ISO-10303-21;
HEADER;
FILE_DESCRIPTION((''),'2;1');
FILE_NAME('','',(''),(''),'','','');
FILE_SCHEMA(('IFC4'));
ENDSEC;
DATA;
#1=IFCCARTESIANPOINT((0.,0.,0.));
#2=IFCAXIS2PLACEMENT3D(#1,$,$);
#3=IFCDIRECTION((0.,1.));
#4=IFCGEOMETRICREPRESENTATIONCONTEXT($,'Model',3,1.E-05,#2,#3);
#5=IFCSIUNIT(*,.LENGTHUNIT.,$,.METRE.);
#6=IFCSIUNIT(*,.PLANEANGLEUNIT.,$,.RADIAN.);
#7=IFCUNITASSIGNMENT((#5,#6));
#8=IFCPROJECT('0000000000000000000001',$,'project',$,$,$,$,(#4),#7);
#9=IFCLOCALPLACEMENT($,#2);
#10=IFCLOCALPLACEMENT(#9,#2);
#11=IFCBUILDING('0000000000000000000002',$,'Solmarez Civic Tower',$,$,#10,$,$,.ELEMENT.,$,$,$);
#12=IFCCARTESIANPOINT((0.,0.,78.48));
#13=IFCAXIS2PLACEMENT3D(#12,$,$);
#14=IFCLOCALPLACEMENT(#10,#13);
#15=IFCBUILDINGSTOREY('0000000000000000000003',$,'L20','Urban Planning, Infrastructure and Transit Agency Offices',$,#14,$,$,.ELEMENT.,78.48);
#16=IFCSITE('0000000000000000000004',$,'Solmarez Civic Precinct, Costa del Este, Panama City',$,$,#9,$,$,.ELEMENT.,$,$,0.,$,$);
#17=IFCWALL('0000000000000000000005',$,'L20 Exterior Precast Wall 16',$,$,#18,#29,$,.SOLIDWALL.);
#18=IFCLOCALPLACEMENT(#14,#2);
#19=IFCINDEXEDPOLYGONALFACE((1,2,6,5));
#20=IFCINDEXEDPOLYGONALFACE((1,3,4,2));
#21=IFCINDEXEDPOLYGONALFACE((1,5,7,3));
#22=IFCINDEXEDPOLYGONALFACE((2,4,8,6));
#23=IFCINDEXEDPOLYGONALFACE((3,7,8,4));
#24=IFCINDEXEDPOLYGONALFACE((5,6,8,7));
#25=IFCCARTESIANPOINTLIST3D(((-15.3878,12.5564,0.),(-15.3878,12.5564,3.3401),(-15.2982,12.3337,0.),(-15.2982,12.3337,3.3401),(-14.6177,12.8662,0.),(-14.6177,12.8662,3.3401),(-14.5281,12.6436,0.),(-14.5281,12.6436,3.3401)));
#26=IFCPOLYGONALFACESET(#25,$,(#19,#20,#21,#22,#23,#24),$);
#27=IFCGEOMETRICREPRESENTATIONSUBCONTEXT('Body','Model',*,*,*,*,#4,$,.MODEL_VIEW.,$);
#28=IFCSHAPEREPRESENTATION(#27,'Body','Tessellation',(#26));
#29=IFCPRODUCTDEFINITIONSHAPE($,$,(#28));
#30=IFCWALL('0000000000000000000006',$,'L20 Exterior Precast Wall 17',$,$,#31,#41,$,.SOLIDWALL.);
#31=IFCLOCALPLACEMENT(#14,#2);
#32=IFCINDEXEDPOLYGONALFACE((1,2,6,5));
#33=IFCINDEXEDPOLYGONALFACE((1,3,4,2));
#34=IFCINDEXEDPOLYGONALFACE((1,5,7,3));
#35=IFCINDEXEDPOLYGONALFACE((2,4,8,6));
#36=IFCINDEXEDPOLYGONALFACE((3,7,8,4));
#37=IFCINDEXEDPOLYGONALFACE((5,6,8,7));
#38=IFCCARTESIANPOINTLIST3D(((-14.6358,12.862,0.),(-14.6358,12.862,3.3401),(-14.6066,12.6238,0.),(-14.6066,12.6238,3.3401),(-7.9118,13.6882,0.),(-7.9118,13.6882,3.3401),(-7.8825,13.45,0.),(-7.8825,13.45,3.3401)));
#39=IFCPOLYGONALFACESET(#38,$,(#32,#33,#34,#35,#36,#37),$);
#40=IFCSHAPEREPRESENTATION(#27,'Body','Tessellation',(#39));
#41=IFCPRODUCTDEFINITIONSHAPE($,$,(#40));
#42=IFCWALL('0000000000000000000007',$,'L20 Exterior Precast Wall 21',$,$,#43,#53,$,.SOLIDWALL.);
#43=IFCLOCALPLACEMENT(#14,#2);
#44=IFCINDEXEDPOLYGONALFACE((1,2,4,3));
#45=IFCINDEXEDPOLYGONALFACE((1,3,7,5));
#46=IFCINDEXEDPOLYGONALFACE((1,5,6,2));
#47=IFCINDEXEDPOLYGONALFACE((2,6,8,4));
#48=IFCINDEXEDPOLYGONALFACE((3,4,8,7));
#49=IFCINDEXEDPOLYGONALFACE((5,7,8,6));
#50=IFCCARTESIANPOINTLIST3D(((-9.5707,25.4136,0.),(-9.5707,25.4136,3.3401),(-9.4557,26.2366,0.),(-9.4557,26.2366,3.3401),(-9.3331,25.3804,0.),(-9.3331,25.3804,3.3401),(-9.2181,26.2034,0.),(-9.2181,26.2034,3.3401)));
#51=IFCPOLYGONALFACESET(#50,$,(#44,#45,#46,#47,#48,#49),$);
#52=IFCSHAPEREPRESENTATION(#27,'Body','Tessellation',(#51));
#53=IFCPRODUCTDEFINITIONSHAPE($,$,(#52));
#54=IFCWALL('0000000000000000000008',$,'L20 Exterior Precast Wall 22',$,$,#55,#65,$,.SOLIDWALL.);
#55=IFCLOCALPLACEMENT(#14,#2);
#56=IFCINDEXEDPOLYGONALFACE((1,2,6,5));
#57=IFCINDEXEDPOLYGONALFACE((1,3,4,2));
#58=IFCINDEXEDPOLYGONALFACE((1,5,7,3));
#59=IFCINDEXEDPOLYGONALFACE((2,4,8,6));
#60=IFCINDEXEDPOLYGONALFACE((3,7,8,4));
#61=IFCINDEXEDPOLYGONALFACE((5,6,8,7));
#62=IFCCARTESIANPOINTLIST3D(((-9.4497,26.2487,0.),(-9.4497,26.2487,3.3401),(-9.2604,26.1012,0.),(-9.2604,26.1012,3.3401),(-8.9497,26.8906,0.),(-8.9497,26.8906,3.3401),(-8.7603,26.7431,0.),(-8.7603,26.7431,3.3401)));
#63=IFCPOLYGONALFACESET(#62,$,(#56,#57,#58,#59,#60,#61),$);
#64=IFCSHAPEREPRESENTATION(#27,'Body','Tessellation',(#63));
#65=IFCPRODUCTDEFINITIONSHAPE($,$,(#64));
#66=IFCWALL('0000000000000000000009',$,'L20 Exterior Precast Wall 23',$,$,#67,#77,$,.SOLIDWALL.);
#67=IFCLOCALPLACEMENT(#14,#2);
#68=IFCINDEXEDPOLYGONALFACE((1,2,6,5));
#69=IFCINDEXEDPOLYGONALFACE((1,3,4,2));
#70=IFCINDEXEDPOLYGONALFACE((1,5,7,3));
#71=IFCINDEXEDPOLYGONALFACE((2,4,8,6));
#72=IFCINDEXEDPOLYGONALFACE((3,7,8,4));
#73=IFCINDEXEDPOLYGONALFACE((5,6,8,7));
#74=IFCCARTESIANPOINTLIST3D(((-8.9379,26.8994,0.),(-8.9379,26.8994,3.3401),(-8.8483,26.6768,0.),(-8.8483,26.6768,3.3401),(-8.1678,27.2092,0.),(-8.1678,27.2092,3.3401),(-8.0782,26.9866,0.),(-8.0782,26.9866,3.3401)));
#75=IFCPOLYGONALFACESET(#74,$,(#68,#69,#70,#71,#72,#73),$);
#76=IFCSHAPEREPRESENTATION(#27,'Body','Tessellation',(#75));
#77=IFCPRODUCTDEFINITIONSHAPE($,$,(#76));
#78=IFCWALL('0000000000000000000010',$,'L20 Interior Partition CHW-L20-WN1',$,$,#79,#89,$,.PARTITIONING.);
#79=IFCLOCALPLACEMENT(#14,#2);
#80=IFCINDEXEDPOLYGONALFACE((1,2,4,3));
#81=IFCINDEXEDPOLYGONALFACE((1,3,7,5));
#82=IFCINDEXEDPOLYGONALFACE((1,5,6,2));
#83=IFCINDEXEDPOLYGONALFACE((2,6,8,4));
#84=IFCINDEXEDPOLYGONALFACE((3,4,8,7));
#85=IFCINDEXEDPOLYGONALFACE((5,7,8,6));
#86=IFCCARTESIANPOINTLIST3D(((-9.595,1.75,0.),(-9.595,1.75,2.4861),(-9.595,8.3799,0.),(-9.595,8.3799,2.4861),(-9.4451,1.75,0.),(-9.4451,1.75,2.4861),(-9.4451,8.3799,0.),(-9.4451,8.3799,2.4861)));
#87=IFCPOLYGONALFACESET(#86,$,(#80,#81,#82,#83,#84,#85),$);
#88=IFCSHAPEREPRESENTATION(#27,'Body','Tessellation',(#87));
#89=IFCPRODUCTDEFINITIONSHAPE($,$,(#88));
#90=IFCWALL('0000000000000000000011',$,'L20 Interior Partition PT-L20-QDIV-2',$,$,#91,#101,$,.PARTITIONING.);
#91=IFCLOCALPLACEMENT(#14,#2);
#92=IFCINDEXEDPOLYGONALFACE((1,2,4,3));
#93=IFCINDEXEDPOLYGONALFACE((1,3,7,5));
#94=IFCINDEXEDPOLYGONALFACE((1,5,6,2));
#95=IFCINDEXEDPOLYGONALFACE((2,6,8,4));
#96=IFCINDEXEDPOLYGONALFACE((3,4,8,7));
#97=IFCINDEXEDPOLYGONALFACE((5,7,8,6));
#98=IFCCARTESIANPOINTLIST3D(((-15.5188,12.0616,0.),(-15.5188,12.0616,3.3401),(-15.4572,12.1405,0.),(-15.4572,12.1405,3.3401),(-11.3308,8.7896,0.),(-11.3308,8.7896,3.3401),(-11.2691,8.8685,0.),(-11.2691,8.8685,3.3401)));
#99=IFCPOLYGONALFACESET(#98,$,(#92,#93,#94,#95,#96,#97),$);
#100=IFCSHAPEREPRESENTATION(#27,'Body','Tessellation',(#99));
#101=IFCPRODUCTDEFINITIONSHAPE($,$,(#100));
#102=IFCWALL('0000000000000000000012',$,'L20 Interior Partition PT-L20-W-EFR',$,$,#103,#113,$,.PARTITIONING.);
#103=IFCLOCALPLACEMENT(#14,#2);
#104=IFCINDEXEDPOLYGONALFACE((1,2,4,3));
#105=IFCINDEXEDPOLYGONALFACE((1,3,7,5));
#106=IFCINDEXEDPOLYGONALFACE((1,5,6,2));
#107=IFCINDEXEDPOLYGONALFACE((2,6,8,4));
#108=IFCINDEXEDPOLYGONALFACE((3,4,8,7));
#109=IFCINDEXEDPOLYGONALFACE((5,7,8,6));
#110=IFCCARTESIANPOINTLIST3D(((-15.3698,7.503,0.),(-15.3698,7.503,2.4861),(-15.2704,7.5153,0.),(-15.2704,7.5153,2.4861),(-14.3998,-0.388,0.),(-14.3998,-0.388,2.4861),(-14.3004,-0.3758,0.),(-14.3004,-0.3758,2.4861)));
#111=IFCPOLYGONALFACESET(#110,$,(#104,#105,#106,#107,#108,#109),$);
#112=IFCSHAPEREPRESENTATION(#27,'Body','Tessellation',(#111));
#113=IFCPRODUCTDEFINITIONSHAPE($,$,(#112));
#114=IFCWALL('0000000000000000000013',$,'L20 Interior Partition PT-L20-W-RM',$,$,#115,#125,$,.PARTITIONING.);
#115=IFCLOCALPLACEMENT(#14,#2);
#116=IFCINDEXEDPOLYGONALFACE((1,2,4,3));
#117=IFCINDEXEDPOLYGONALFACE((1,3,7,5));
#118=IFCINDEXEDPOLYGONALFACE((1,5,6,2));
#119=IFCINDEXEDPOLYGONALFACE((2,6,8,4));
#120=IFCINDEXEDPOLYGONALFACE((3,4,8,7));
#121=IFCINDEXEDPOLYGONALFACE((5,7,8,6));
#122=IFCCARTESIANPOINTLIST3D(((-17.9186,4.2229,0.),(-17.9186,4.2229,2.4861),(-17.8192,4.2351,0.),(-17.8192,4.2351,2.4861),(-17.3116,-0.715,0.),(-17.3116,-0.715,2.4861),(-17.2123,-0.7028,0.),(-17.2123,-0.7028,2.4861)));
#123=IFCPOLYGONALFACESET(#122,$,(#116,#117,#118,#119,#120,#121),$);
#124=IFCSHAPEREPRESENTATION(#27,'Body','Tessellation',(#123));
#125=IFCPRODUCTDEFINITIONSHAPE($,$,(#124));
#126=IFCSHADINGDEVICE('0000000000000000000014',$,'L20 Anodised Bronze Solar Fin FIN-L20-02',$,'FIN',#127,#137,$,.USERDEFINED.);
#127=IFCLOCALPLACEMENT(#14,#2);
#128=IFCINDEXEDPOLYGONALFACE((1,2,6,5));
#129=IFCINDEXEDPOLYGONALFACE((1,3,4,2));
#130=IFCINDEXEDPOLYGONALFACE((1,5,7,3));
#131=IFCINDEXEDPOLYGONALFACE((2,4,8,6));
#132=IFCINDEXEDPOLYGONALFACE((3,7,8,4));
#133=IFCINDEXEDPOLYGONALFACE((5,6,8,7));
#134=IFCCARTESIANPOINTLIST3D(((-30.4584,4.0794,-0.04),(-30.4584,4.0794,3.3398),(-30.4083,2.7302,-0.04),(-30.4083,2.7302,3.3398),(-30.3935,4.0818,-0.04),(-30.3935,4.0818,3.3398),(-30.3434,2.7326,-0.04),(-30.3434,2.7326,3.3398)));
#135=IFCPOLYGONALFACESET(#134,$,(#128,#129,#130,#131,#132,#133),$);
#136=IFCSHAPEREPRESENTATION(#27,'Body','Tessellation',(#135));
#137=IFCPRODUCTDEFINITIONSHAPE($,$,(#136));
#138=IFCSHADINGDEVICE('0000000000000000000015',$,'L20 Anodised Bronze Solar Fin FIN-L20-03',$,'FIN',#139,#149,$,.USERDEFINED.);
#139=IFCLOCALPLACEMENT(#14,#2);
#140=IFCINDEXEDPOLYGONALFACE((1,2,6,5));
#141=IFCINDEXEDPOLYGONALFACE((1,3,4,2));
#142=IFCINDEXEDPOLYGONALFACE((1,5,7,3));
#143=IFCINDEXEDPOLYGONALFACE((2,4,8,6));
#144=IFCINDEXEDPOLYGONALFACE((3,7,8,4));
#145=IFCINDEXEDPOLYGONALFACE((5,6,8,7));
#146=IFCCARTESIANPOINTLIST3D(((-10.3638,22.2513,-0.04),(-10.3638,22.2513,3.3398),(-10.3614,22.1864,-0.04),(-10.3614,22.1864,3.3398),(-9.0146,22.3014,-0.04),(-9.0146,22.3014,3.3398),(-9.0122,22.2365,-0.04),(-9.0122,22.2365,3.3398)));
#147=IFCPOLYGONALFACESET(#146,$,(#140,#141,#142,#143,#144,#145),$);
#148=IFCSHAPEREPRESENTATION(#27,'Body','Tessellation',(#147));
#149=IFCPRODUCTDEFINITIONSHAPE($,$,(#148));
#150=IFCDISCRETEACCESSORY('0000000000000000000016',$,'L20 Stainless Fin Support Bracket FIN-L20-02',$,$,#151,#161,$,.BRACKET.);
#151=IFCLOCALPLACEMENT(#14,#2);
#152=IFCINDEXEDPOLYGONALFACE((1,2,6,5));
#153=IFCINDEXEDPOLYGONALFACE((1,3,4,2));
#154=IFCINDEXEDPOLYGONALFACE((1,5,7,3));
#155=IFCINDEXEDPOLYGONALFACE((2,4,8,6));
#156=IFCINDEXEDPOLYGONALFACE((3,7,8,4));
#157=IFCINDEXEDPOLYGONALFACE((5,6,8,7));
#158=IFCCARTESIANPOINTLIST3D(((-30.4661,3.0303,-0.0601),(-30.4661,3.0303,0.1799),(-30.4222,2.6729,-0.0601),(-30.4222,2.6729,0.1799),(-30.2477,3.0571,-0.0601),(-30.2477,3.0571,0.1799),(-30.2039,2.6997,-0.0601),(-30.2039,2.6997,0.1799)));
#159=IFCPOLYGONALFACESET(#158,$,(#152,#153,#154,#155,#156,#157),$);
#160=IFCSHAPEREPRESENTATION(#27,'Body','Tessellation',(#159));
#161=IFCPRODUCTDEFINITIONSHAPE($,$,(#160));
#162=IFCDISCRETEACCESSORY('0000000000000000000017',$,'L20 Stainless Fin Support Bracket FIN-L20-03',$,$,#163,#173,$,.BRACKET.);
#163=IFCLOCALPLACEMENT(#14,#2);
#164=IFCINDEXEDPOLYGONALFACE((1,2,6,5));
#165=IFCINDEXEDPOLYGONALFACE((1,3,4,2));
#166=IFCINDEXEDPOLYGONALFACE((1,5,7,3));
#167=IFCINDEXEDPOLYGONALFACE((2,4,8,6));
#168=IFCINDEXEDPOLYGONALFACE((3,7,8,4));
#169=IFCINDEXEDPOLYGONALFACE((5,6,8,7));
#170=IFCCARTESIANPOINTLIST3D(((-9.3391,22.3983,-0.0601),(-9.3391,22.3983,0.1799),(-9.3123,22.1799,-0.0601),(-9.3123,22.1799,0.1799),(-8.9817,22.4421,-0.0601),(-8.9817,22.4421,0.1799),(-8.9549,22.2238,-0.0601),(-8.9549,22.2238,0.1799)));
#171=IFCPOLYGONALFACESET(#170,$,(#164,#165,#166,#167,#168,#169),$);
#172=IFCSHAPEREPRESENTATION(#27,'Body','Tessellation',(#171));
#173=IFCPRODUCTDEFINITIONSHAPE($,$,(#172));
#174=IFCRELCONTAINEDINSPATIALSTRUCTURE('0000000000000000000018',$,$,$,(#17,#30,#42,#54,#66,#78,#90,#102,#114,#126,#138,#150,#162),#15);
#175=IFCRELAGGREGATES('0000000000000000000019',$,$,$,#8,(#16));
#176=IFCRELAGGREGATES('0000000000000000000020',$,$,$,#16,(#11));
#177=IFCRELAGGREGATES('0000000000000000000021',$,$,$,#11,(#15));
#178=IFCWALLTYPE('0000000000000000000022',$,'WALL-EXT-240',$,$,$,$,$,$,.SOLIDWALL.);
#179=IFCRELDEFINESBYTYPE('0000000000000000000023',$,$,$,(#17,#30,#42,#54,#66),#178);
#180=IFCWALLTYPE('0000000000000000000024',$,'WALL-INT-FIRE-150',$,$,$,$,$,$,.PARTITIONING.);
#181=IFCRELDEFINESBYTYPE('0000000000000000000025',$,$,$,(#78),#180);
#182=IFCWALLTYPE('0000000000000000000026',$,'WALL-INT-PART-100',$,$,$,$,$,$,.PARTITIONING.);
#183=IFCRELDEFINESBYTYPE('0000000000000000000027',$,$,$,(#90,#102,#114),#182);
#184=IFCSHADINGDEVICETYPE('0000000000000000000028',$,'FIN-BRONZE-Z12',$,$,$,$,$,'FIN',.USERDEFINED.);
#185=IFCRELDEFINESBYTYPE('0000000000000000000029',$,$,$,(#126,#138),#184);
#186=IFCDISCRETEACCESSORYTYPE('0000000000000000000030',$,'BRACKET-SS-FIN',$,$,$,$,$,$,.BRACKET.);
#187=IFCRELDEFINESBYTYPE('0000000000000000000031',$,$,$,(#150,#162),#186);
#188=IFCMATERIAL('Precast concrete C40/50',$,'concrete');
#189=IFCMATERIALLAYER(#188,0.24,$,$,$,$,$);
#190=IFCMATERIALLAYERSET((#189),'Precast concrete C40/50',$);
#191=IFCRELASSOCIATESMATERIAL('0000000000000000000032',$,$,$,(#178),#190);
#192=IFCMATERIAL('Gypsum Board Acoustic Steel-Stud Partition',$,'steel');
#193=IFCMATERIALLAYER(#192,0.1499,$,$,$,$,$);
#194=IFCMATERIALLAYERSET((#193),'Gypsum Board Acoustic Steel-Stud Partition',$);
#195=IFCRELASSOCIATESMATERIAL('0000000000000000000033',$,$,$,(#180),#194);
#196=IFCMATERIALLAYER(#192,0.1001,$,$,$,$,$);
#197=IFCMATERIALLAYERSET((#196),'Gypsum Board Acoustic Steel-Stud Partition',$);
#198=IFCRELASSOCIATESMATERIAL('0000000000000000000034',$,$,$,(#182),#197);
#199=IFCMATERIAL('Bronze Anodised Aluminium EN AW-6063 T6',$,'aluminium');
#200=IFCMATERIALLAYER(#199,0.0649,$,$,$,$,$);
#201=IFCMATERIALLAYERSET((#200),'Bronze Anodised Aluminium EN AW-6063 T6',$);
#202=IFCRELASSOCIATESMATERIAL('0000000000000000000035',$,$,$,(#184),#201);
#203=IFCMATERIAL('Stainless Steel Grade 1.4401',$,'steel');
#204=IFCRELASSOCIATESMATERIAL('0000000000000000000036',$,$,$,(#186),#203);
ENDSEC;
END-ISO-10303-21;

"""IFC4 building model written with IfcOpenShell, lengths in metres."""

from ifc_helpers import new_model, si_unit, direction, frame, frame_2d, origin, origin_2d, place, context, subcontext, project, spatial, rectangle, extrude, material, layer, layer_set, type_object, element, save


model = new_model("IFC4")

# Units and contexts
model_context = context("Model", 3, precision=1e-05, world=origin(), true_north=direction((0.0, 1.0)))
body_context = subcontext(model_context, "Body", "Model", "MODEL_VIEW")
ifc_project = project(units=[si_unit("LENGTHUNIT", "METRE"), si_unit("PLANEANGLEUNIT", "RADIAN")], contexts=[model_context])

# Site, building, storey
site_placement = place(None, origin())
site = spatial("IfcSite", under=ifc_project, at=site_placement, Name="Solmarez Civic Precinct, Costa del Este, Panama City", CompositionType="ELEMENT", RefElevation=0.0)
building_placement = place(site_placement, origin())
building = spatial("IfcBuilding", under=site, at=building_placement, Name="Solmarez Civic Tower", CompositionType="ELEMENT")
storey_placement = place(building_placement, frame((0.0, 0.0, 78.48)))
storey = spatial("IfcBuildingStorey", under=building, at=storey_placement, Name="L20", Description="Urban Planning, Infrastructure and Transit Agency Offices", CompositionType="ELEMENT", Elevation=78.48)

# Shared definitions
ifc_material_1 = material(Name="Precast concrete C40/50", Category="concrete")
ifc_layer_1 = layer(ifc_material_1, 0.24)
ifc_layer_set_1 = layer_set([ifc_layer_1], Name="Precast concrete C40/50")
wall_type_1 = type_object("IfcWallType", Name="WALL-EXT-240", PredefinedType="SOLIDWALL", material=ifc_layer_set_1)

# Walls
wall_1_placement = place(storey_placement, frame((-15.343, 12.4451, 0.0), z_axis=(0.0, 0.0, 1.0), x_axis=(0.927724, 0.373266, 0.0)))
element("IfcWall", 1, at=wall_1_placement, inside=storey, type_object=wall_type_1, Name="L20 Exterior Precast Wall 16", PredefinedType="SOLIDWALL", context=body_context, shape_type="SweptSolid", body=[
    extrude(rectangle(XDim=0.8301, YDim=0.24, at=frame_2d((0.415, 0.0))), origin(), (0.0, 0.0, 1.0), 3.3401),
])
wall_2_placement = place(storey_placement, frame((-14.6211, 12.7429, 0.0), z_axis=(0.0, 0.0, 1.0), x_axis=(0.992536, 0.12195, 0.0)))
element("IfcWall", 2, at=wall_2_placement, inside=storey, type_object=wall_type_1, Name="L20 Exterior Precast Wall 17", PredefinedType="SOLIDWALL", context=body_context, shape_type="SweptSolid", body=[
    extrude(rectangle(XDim=6.7747, YDim=0.24, at=frame_2d((3.3872, 0.0))), origin(), (0.0, 0.0, 1.0), 3.3401),
])
wall_3_placement = place(storey_placement, frame((-9.4519, 25.397, 0.0), z_axis=(0.0, 0.0, 1.0), x_axis=(0.138377, 0.99038, 0.0)))
element("IfcWall", 3, at=wall_3_placement, inside=storey, type_object=wall_type_1, Name="L20 Exterior Precast Wall 21", PredefinedType="SOLIDWALL", context=body_context, shape_type="SweptSolid", body=[
    extrude(rectangle(XDim=0.8311, YDim=0.24, at=frame_2d((0.4155, 0.0))), origin(), (0.0, 0.0, 1.0), 3.3401),
])
wall_4_placement = place(storey_placement, frame((-9.355, 26.175, 0.0), z_axis=(0.0, 0.0, 1.0), x_axis=(0.614543, 0.788883, 0.0)))
element("IfcWall", 4, at=wall_4_placement, inside=storey, type_object=wall_type_1, Name="L20 Exterior Precast Wall 22", PredefinedType="SOLIDWALL", context=body_context, shape_type="SweptSolid", body=[
    extrude(rectangle(XDim=0.8137, YDim=0.24, at=frame_2d((0.4067, 0.0))), origin(), (0.0, 0.0, 1.0), 3.3401),
])
wall_5_placement = place(storey_placement, frame((-8.8931, 26.7881, 0.0), z_axis=(0.0, 0.0, 1.0), x_axis=(0.927724, 0.373266, 0.0)))
element("IfcWall", 5, at=wall_5_placement, inside=storey, type_object=wall_type_1, Name="L20 Exterior Precast Wall 23", PredefinedType="SOLIDWALL", context=body_context, shape_type="SweptSolid", body=[
    extrude(rectangle(XDim=0.8301, YDim=0.24, at=frame_2d((0.415, 0.0))), origin(), (0.0, 0.0, 1.0), 3.3401),
])
ifc_material_2 = material(Name="Gypsum Board Acoustic Steel-Stud Partition", Category="steel")
ifc_layer_2 = layer(ifc_material_2, 0.1499)
ifc_layer_set_2 = layer_set([ifc_layer_2], Name="Gypsum Board Acoustic Steel-Stud Partition")
wall_type_2 = type_object("IfcWallType", Name="WALL-INT-FIRE-150", PredefinedType="PARTITIONING", material=ifc_layer_set_2)
wall_6_placement = place(storey_placement, frame((-9.52, 1.75, 0.0), z_axis=(0.0, 0.0, 1.0), x_axis=(0.0, 1.0, 0.0)))
element("IfcWall", 6, at=wall_6_placement, inside=storey, type_object=wall_type_2, Name="L20 Interior Partition CHW-L20-WN1", PredefinedType="PARTITIONING", context=body_context, shape_type="SweptSolid", body=[
    extrude(rectangle(XDim=6.6299, YDim=0.1499, at=frame_2d((3.3149, 0.0))), origin(), (0.0, 0.0, 1.0), 2.4861),
])
ifc_layer_3 = layer(ifc_material_2, 0.1001)
ifc_layer_set_3 = layer_set([ifc_layer_3], Name="Gypsum Board Acoustic Steel-Stud Partition")
wall_type_3 = type_object("IfcWallType", Name="WALL-INT-PART-100", PredefinedType="PARTITIONING", material=ifc_layer_set_3)
wall_7_placement = place(storey_placement, frame((-11.3, 8.8291, 0.0), z_axis=(0.0, 0.0, 1.0), x_axis=(-0.788015, 0.615657, 0.0)))
element("IfcWall", 7, at=wall_7_placement, inside=storey, type_object=wall_type_3, Name="L20 Interior Partition PT-L20-QDIV-2", PredefinedType="PARTITIONING", context=body_context, shape_type="SweptSolid", body=[
    extrude(rectangle(XDim=5.3147, YDim=0.1001, at=frame_2d((2.6572, 0.0))), origin(), (0.0, 0.0, 1.0), 3.3401),
])
wall_8_placement = place(storey_placement, frame((-15.3201, 7.509, 0.0), z_axis=(0.0, 0.0, 1.0), x_axis=(0.122001, -0.99253, 0.0)))
element("IfcWall", 8, at=wall_8_placement, inside=storey, type_object=wall_type_3, Name="L20 Interior Partition PT-L20-W-EFR", PredefinedType="PARTITIONING", context=body_context, shape_type="SweptSolid", body=[
    extrude(rectangle(XDim=7.9504, YDim=0.1001, at=frame_2d((3.9751, 0.0))), origin(), (0.0, 0.0, 1.0), 2.4861),
])
wall_9_placement = place(storey_placement, frame((-17.8689, 4.229, 0.0), z_axis=(0.0, 0.0, 1.0), x_axis=(0.121993, -0.992531, 0.0)))
element("IfcWall", 9, at=wall_9_placement, inside=storey, type_object=wall_type_3, Name="L20 Interior Partition PT-L20-W-RM", PredefinedType="PARTITIONING", context=body_context, shape_type="SweptSolid", body=[
    extrude(rectangle(XDim=4.9751, YDim=0.1001, at=frame_2d((2.4875, 0.0))), origin(), (0.0, 0.0, 1.0), 2.4861),
])

# Shading devices
ifc_material_3 = material(Name="Bronze Anodised Aluminium EN AW-6063 T6", Category="aluminium")
ifc_layer_4 = layer(ifc_material_3, 0.0649)
ifc_layer_set_4 = layer_set([ifc_layer_4], Name="Bronze Anodised Aluminium EN AW-6063 T6")
shading_device_type = type_object("IfcShadingDeviceType", Name="FIN-BRONZE-Z12", ElementType="FIN", PredefinedType="USERDEFINED", material=ifc_layer_set_4)
for number, where, z_axis, x_axis, name in (
    (10, (-30.4009, 3.406, -0.04), (0.0, 0.0, 1.0), (-0.03708, 0.999312, 0.0), "L20 Anodised Bronze Solar Fin FIN-L20-02"),
    (11, (-9.688, 22.2439, -0.04), (0.0, 0.0, 1.0), (-0.99931, -0.03715, 0.0), "L20 Anodised Bronze Solar Fin FIN-L20-03"),
):
    element("IfcShadingDevice", number, at=place(storey_placement, frame(where, z_axis=z_axis, x_axis=x_axis)), inside=storey, type_object=shading_device_type, Name=name, ObjectType="FIN", PredefinedType="USERDEFINED", context=body_context, shape_type="SweptSolid", body=[
        extrude(rectangle(XDim=1.3501, YDim=0.0649, at=origin_2d()), origin(), (0.0, 0.0, 1.0), 3.3799),
    ])

# Discrete accessories
ifc_material_4 = material(Name="Stainless Steel Grade 1.4401", Category="steel")
discrete_accessory_type = type_object("IfcDiscreteAccessoryType", Name="BRACKET-SS-FIN", PredefinedType="BRACKET", material=ifc_material_4)
for number, where, z_axis, x_axis, name in (
    (12, (-30.335, 2.865, -0.0601), (0.0, 0.0, 1.0), (-0.121825, 0.992552, 0.0), "L20 Stainless Fin Support Bracket FIN-L20-02"),
    (13, (-9.147, 22.311, -0.0601), (0.0, 0.0, 1.0), (-0.992545, -0.121883, 0.0), "L20 Stainless Fin Support Bracket FIN-L20-03"),
):
    element("IfcDiscreteAccessory", number, at=place(storey_placement, frame(where, z_axis=z_axis, x_axis=x_axis)), inside=storey, type_object=discrete_accessory_type, Name=name, PredefinedType="BRACKET", context=body_context, shape_type="SweptSolid", body=[
        extrude(rectangle(XDim=0.3601, YDim=0.22, at=origin_2d()), origin(), (0.0, 0.0, 1.0), 0.24),
    ])

save(model, "model.ifc")
